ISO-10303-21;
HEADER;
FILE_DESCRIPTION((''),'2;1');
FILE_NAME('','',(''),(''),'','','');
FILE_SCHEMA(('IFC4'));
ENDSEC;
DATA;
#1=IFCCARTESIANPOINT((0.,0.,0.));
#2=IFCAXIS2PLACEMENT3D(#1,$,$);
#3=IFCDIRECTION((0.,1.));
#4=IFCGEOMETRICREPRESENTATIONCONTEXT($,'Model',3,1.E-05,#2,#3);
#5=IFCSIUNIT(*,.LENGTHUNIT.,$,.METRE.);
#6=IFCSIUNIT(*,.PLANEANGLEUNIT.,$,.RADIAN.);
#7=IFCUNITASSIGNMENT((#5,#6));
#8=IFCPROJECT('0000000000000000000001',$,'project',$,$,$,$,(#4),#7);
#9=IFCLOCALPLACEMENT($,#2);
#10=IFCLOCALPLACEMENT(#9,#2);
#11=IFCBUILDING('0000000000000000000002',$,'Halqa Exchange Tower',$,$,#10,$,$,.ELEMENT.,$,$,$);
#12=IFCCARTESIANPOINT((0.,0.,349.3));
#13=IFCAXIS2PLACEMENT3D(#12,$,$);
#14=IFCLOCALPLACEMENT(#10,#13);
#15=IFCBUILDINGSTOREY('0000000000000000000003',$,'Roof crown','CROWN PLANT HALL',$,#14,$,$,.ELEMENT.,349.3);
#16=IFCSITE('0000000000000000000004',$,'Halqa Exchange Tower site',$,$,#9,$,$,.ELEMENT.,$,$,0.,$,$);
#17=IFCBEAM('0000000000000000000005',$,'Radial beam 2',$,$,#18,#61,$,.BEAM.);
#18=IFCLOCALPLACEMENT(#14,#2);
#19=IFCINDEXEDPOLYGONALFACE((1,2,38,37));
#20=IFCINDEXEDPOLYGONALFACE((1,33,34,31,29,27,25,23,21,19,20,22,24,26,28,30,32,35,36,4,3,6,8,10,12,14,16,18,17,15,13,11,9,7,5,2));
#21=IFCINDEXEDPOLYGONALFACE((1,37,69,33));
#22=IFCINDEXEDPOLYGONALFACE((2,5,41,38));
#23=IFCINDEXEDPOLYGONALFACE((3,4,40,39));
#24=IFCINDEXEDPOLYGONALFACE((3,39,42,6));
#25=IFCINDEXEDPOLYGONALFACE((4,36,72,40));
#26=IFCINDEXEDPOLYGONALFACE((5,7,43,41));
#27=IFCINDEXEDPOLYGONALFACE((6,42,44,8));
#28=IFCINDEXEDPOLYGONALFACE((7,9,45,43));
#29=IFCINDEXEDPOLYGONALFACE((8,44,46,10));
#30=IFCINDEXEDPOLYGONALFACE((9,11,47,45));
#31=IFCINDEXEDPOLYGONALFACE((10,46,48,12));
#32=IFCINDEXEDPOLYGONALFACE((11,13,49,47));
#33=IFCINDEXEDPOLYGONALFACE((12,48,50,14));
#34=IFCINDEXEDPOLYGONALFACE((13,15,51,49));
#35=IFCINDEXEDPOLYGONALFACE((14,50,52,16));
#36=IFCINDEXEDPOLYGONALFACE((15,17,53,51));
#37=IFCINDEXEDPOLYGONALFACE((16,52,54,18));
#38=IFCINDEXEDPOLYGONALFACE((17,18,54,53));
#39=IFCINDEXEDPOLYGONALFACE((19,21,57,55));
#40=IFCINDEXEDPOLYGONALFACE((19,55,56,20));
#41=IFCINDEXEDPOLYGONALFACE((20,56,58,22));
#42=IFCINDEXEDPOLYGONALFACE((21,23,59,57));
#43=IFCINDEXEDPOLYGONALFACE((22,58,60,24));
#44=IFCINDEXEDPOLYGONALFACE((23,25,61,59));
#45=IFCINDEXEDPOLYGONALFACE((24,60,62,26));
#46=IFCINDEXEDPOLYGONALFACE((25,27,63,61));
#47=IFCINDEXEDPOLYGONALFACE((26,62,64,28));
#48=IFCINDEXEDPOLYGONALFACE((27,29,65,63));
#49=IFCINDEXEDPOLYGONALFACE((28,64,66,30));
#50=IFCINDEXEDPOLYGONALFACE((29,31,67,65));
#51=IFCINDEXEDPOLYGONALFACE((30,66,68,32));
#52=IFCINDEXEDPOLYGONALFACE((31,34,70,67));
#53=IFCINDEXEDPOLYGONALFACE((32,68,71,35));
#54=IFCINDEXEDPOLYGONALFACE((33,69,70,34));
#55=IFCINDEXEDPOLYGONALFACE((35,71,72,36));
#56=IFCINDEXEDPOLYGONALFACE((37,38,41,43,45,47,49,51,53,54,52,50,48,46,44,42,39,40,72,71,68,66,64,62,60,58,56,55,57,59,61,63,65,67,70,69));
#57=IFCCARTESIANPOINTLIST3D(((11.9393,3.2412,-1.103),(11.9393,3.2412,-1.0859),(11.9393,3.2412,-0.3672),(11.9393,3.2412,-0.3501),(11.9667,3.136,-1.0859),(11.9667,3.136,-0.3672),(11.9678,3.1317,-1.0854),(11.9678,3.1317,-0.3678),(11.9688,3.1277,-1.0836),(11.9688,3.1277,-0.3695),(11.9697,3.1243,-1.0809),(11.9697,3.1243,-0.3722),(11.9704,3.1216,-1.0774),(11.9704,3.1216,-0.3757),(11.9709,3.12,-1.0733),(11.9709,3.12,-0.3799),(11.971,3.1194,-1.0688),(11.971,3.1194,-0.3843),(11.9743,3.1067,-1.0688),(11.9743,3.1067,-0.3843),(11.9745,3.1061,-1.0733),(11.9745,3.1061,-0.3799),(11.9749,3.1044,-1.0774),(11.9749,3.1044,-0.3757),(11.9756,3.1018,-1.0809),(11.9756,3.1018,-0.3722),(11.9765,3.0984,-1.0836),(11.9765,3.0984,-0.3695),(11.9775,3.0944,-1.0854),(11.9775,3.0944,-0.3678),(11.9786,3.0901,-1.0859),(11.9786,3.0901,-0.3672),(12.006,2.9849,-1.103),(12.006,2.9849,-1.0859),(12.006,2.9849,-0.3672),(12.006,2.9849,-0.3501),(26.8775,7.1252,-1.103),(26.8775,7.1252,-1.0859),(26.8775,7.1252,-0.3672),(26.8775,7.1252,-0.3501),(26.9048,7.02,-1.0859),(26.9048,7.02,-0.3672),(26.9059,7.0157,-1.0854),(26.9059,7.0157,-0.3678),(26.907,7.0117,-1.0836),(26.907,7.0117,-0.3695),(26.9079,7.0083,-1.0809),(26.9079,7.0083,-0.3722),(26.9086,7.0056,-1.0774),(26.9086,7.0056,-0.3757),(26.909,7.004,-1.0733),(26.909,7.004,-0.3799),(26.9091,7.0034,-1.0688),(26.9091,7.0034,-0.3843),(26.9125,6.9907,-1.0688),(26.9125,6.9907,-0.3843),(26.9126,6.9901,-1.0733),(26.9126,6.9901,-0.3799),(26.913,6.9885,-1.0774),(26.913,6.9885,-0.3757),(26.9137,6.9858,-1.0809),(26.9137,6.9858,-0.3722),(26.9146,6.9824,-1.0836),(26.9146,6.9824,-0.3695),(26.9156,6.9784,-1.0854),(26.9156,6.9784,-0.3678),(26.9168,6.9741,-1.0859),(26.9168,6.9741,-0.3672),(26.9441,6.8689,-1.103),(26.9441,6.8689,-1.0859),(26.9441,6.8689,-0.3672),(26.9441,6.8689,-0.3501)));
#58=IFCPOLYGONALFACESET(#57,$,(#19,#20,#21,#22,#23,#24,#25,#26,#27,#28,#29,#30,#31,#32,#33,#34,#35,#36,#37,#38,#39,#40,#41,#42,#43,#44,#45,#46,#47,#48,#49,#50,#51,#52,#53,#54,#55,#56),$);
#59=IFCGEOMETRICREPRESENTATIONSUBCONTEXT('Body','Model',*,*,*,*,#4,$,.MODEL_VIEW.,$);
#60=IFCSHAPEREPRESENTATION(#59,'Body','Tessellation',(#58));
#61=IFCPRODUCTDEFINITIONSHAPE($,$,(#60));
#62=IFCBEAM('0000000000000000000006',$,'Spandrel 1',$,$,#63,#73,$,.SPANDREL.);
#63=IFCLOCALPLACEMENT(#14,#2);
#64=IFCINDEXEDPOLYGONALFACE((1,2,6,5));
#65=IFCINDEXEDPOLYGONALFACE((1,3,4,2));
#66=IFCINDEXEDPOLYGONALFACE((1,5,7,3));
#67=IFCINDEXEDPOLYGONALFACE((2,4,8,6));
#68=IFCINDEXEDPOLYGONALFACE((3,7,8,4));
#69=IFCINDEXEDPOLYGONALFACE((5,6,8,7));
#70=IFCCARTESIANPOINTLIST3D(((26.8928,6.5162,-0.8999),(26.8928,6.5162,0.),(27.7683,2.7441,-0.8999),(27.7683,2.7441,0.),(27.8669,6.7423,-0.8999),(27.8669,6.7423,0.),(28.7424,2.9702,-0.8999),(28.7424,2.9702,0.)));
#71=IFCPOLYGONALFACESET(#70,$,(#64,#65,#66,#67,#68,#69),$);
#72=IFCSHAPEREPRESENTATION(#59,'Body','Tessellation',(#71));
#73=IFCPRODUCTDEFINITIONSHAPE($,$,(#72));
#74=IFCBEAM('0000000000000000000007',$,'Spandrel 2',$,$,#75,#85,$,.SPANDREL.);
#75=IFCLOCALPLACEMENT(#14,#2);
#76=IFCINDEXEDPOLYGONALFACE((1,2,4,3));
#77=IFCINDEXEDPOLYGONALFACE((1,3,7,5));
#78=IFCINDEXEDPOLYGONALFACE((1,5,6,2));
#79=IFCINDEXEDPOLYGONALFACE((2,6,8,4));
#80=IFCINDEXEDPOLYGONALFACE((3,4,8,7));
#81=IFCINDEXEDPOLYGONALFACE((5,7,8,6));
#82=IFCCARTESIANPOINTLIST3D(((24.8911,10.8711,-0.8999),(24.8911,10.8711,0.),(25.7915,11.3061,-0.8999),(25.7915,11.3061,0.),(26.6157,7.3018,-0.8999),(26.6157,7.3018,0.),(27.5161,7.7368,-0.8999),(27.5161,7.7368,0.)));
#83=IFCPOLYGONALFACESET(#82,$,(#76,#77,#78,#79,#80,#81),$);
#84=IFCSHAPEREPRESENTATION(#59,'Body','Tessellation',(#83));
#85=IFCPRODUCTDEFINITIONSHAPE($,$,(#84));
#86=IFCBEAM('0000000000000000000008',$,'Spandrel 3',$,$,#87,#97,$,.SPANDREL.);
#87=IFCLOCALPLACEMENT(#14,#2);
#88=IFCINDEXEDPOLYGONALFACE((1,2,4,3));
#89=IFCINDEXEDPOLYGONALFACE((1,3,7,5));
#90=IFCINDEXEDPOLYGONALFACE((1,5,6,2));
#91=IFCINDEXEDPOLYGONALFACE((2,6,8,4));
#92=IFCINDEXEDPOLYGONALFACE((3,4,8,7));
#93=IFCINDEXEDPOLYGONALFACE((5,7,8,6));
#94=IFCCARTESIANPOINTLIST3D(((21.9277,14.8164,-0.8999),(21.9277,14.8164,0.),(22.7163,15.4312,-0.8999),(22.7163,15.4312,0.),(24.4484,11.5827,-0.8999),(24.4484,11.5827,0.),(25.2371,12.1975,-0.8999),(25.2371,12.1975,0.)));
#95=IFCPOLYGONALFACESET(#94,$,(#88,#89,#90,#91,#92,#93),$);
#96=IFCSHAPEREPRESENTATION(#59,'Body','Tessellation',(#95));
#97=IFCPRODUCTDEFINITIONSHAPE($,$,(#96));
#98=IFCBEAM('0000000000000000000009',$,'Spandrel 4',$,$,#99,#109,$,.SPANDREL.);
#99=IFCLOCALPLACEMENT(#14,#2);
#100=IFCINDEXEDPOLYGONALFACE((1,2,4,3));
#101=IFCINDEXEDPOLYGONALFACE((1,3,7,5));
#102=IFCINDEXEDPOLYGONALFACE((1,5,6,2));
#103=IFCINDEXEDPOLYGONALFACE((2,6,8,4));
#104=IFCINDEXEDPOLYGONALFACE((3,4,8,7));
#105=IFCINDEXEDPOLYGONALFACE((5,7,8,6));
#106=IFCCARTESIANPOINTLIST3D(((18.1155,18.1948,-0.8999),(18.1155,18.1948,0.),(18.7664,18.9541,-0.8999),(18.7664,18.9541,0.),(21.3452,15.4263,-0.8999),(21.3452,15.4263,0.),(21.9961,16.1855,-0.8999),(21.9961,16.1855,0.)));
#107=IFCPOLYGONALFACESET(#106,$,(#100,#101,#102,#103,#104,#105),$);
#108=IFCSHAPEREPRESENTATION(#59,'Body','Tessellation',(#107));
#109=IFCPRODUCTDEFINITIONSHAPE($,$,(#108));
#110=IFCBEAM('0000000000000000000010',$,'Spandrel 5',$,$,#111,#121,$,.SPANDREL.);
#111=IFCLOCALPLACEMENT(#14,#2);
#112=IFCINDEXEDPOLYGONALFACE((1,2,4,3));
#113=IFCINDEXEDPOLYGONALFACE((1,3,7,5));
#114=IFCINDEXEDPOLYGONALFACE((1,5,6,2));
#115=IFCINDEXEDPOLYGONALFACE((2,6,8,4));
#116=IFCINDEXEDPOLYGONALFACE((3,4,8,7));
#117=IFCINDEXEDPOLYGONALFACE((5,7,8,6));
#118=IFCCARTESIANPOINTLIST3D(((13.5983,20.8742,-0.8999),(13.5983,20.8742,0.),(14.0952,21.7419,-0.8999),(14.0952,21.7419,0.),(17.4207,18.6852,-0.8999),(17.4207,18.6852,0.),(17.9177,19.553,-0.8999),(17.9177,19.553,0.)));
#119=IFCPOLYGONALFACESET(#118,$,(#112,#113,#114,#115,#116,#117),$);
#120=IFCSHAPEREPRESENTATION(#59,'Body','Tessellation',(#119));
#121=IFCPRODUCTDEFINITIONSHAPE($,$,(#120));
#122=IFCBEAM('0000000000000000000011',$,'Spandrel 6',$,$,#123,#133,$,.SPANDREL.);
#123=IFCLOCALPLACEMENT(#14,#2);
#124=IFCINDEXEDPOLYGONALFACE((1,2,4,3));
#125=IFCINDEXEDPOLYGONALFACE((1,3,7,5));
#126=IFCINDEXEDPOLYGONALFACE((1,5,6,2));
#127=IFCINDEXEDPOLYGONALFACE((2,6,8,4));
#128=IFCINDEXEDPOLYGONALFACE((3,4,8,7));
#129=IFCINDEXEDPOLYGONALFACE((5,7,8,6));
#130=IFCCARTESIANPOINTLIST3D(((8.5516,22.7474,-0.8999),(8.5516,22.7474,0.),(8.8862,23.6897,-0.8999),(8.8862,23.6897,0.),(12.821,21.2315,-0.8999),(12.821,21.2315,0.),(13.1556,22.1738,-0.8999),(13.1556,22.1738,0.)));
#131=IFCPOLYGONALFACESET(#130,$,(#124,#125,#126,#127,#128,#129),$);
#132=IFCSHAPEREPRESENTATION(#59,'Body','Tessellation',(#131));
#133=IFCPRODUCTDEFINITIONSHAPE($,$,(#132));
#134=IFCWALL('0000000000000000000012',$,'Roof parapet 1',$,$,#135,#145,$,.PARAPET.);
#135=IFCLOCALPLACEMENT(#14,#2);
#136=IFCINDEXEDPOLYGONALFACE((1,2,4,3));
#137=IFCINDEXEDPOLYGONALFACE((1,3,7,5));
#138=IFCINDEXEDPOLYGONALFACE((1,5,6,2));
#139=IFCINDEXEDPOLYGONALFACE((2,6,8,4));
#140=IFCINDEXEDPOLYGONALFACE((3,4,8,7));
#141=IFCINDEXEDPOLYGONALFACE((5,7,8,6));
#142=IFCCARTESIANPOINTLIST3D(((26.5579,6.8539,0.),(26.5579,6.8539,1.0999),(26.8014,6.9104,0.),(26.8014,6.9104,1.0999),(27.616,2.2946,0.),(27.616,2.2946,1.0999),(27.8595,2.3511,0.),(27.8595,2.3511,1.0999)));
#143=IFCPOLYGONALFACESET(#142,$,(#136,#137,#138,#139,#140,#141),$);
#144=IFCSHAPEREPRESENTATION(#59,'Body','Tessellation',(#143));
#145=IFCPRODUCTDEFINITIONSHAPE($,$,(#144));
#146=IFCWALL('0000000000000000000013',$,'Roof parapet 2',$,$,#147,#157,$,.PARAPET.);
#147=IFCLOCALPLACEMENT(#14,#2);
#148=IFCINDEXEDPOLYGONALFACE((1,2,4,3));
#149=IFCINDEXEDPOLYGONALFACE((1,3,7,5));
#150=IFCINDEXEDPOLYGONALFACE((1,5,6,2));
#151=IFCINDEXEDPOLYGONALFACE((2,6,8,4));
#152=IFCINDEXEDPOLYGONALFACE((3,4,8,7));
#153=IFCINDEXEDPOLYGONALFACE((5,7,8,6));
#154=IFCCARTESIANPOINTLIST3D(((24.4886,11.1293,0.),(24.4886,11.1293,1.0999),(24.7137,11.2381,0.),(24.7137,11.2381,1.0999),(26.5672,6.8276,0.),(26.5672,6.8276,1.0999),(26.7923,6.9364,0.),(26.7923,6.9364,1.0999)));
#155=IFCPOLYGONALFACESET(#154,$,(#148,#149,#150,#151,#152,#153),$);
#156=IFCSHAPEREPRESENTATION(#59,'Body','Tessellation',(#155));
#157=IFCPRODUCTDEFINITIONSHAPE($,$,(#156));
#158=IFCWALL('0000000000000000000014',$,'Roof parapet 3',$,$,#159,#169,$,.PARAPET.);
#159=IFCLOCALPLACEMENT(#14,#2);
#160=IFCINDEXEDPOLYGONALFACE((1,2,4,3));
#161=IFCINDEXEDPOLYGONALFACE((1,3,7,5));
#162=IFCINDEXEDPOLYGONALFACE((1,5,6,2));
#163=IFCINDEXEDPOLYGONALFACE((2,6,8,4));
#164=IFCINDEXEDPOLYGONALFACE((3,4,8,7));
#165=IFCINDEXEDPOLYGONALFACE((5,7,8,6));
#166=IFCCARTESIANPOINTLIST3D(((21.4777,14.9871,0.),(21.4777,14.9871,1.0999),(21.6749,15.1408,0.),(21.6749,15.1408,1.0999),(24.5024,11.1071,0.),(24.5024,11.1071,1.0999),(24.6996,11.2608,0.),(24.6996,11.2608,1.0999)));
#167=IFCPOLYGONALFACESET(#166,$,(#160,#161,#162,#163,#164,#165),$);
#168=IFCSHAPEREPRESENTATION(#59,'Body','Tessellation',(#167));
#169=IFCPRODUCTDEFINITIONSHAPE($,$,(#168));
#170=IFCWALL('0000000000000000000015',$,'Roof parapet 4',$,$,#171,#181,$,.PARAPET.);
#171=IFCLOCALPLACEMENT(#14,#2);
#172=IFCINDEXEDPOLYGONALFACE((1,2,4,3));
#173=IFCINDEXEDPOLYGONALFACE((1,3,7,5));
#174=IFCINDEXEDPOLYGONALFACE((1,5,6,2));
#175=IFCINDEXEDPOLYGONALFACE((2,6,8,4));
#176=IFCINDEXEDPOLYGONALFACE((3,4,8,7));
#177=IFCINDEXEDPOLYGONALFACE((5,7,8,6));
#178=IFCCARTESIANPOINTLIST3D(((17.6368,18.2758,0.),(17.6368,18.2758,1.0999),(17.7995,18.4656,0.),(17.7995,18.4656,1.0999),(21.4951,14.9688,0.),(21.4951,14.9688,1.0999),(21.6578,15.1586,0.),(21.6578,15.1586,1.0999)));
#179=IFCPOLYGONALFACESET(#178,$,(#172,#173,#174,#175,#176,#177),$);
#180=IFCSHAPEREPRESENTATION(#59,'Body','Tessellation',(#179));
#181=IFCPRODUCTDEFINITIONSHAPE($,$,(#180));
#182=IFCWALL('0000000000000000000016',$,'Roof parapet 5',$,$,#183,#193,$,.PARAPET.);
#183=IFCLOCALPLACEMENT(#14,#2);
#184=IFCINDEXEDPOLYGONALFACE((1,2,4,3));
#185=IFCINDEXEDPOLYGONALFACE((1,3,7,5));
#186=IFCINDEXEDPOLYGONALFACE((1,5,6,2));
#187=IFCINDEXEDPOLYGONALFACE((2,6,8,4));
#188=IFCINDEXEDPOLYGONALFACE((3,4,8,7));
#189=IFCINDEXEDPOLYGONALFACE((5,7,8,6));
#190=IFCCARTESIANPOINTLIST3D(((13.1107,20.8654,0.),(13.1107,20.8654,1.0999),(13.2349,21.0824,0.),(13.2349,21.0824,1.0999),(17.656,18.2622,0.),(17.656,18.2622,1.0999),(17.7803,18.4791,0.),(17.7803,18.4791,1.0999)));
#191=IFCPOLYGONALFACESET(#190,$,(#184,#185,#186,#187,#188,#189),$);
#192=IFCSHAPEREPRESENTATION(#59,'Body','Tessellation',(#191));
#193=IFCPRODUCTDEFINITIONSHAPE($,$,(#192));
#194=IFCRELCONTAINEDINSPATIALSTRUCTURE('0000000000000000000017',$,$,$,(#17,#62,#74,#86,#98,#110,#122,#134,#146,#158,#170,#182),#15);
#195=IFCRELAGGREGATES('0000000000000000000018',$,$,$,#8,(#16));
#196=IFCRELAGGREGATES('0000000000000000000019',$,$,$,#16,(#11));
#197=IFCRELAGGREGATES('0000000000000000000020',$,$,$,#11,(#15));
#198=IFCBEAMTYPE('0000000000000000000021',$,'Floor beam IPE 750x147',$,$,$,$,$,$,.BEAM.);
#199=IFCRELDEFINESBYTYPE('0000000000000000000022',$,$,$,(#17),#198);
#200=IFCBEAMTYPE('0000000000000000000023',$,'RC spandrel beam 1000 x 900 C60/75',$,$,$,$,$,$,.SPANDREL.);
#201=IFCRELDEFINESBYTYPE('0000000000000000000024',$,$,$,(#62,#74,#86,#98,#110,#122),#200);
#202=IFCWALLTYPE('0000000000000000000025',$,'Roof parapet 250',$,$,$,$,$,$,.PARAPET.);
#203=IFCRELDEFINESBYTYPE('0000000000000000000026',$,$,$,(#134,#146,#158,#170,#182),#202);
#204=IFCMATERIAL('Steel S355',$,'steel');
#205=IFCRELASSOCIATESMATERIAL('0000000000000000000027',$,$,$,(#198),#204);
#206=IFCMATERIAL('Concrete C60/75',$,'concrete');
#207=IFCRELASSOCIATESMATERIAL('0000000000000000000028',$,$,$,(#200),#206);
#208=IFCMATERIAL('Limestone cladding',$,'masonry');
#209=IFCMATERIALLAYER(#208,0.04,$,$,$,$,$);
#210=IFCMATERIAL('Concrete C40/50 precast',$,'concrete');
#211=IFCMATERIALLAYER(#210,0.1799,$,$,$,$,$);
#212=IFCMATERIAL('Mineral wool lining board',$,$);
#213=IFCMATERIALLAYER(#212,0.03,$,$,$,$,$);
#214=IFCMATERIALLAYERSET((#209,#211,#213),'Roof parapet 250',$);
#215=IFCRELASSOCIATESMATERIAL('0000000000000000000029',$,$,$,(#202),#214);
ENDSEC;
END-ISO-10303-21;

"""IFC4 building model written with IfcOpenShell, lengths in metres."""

from ifc_helpers import new_model, si_unit, direction, frame, frame_2d, origin, origin_2d, place, context, subcontext, project, spatial, rectangle, i_section, extrude, material, layer, layer_set, material_profile, profile_set, type_object, element, save


model = new_model("IFC4")

# Units and contexts
model_context = context("Model", 3, precision=1e-05, world=origin(), true_north=direction((0.0, 1.0)))
body_context = subcontext(model_context, "Body", "Model", "MODEL_VIEW")
ifc_project = project(units=[si_unit("LENGTHUNIT", "METRE"), si_unit("PLANEANGLEUNIT", "RADIAN")], contexts=[model_context])

# Site, building, storey
site_placement = place(None, origin())
site = spatial("IfcSite", under=ifc_project, at=site_placement, Name="Halqa Exchange Tower site", CompositionType="ELEMENT", RefElevation=0.0)
building_placement = place(site_placement, origin())
building = spatial("IfcBuilding", under=site, at=building_placement, Name="Halqa Exchange Tower", CompositionType="ELEMENT")
storey_placement = place(building_placement, frame((0.0, 0.0, 349.3)))
storey = spatial("IfcBuildingStorey", under=building, at=storey_placement, Name="Roof crown", Description="CROWN PLANT HALL", CompositionType="ELEMENT", Elevation=349.3)

# Shared definitions
ifc_material_1 = material(Name="Steel S355", Category="steel")

# Beams
ifc_material_profile_1 = material_profile(ifc_material_1, i_section(OverallWidth=0.2649, OverallDepth=0.7529, WebThickness=0.0132, FlangeThickness=0.0171, FilletRadius=0.0171, at=origin_2d()), Name="IPE 750x147")
ifc_profile_set_1 = profile_set([ifc_material_profile_1], Name="Steel S355")
beam_type_1 = type_object("IfcBeamType", Name="Floor beam IPE 750x147", PredefinedType="BEAM", material=ifc_profile_set_1)
beam_1_placement = place(storey_placement, frame((11.9727, 3.113, -0.7266), z_axis=(0.967821, 0.251639, 0.0), x_axis=(-0.251639, 0.967821, 0.0)))
element("IfcBeam", 1, at=beam_1_placement, inside=storey, type_object=beam_type_1, Name="Radial beam 2", PredefinedType="BEAM", context=body_context, shape_type="SweptSolid", body=[
    extrude(i_section(OverallWidth=0.2649, OverallDepth=0.7529, WebThickness=0.0132, FlangeThickness=0.0171, FilletRadius=0.0171, at=origin_2d()), origin(), (0.0, 0.0, 1.0), 15.4348),
])
ifc_material_2 = material(Name="Concrete C60/75", Category="concrete")
ifc_material_profile_2 = material_profile(ifc_material_2, rectangle(XDim=1.0, YDim=0.8999, at=origin_2d()), Name="1000 x 900")
ifc_profile_set_2 = profile_set([ifc_material_profile_2], Name="Concrete C60/75")
beam_type_2 = type_object("IfcBeamType", Name="RC spandrel beam 1000 x 900 C60/75", PredefinedType="SPANDREL", material=ifc_profile_set_2)
beam_2_placement = place(storey_placement, frame((28.2554, 2.8572, -0.45), z_axis=(-0.226093, 0.974106, 0.0), x_axis=(-0.974106, -0.226093, 0.0)))
element("IfcBeam", 2, at=beam_2_placement, inside=storey, type_object=beam_type_2, Name="Spandrel 1", PredefinedType="SPANDREL", context=body_context, shape_type="SweptSolid", body=[
    extrude(rectangle(XDim=1.0, YDim=0.8999, at=origin_2d()), origin(), (0.0, 0.0, 1.0), 3.8723),
])
beam_3_placement = place(storey_placement, frame((27.0659, 7.5193, -0.45), z_axis=(-0.435052, 0.900405, 0.0), x_axis=(-0.900405, -0.435052, 0.0)))
element("IfcBeam", 3, at=beam_3_placement, inside=storey, type_object=beam_type_2, Name="Spandrel 2", PredefinedType="SPANDREL", context=body_context, shape_type="SweptSolid", body=[
    extrude(rectangle(XDim=1.0, YDim=0.8999, at=origin_2d()), origin(), (0.0, 0.0, 1.0), 3.9641),
])
beam_4_placement = place(storey_placement, frame((24.8428, 11.8901, -0.45), z_axis=(-0.614806, 0.788678, 0.0), x_axis=(-0.788678, -0.614806, 0.0)))
element("IfcBeam", 4, at=beam_4_placement, inside=storey, type_object=beam_type_2, Name="Spandrel 3", PredefinedType="SPANDREL", context=body_context, shape_type="SweptSolid", body=[
    extrude(rectangle(XDim=1.0, YDim=0.8999, at=origin_2d()), origin(), (0.0, 0.0, 1.0), 4.1001),
])
beam_5_placement = place(storey_placement, frame((21.6707, 15.8059, -0.45), z_axis=(-0.759232, 0.65082, 0.0), x_axis=(-0.65082, -0.759232, 0.0)))
element("IfcBeam", 5, at=beam_5_placement, inside=storey, type_object=beam_type_2, Name="Spandrel 4", PredefinedType="SPANDREL", context=body_context, shape_type="SweptSolid", body=[
    extrude(rectangle(XDim=1.0, YDim=0.8999, at=origin_2d()), origin(), (0.0, 0.0, 1.0), 4.2539),
])
beam_6_placement = place(storey_placement, frame((17.6692, 19.1191, -0.45), z_axis=(-0.867786, 0.496939, 0.0), x_axis=(-0.496939, -0.867786, 0.0)))
element("IfcBeam", 6, at=beam_6_placement, inside=storey, type_object=beam_type_2, Name="Spandrel 5", PredefinedType="SPANDREL", context=body_context, shape_type="SweptSolid", body=[
    extrude(rectangle(XDim=1.0, YDim=0.8999, at=origin_2d()), origin(), (0.0, 0.0, 1.0), 4.4048),
])
beam_7_placement = place(storey_placement, frame((12.9883, 21.7026, -0.45), z_axis=(-0.942361, 0.334598, 0.0), x_axis=(-0.334598, -0.942361, 0.0)))
element("IfcBeam", 7, at=beam_7_placement, inside=storey, type_object=beam_type_2, Name="Spandrel 6", PredefinedType="SPANDREL", context=body_context, shape_type="SweptSolid", body=[
    extrude(rectangle(XDim=1.0, YDim=0.8999, at=origin_2d()), origin(), (0.0, 0.0, 1.0), 4.5305),
])

# Walls
ifc_material_3 = material(Name="Limestone cladding", Category="masonry")
ifc_layer_1 = layer(ifc_material_3, 0.04)
ifc_material_4 = material(Name="Concrete C40/50 precast", Category="concrete")
ifc_layer_2 = layer(ifc_material_4, 0.1799)
ifc_material_5 = material(Name="Mineral wool lining board")
ifc_layer_3 = layer(ifc_material_5, 0.03)
ifc_layer_set_1 = layer_set([ifc_layer_1, ifc_layer_2, ifc_layer_3], Name="Roof parapet 250")
wall_type = type_object("IfcWallType", Name="Roof parapet 250", PredefinedType="PARAPET", material=ifc_layer_set_1)
wall_1_placement = place(storey_placement, frame((27.7378, 2.3228, 0.0), z_axis=(0.0, 0.0, 1.0), x_axis=(-0.226067, 0.974112, 0.0)))
element("IfcWall", 8, at=wall_1_placement, inside=storey, type_object=wall_type, Name="Roof parapet 1", PredefinedType="PARAPET", context=body_context, shape_type="SweptSolid", body=[
    extrude(rectangle(XDim=4.6804, YDim=0.25, at=frame_2d((2.3403, 0.0))), origin(), (0.0, 0.0, 1.0), 1.0999),
])
wall_2_placement = place(storey_placement, frame((26.6797, 6.8821, 0.0), z_axis=(0.0, 0.0, 1.0), x_axis=(-0.435072, 0.900396, 0.0)))
element("IfcWall", 9, at=wall_2_placement, inside=storey, type_object=wall_type, Name="Roof parapet 2", PredefinedType="PARAPET", context=body_context, shape_type="SweptSolid", body=[
    extrude(rectangle(XDim=4.7776, YDim=0.25, at=frame_2d((2.3887, 0.0))), origin(), (0.0, 0.0, 1.0), 1.0999),
])
wall_3_placement = place(storey_placement, frame((24.6011, 11.1838, 0.0), z_axis=(0.0, 0.0, 1.0), x_axis=(-0.614823, 0.788665, 0.0)))
element("IfcWall", 10, at=wall_3_placement, inside=storey, type_object=wall_type, Name="Roof parapet 3", PredefinedType="PARAPET", context=body_context, shape_type="SweptSolid", body=[
    extrude(rectangle(XDim=4.9197, YDim=0.25, at=frame_2d((2.46, 0.0))), origin(), (0.0, 0.0, 1.0), 1.0999),
])
wall_4_placement = place(storey_placement, frame((21.5764, 15.0637, 0.0), z_axis=(0.0, 0.0, 1.0), x_axis=(-0.759267, 0.65078, 0.0)))
element("IfcWall", 11, at=wall_4_placement, inside=storey, type_object=wall_type, Name="Roof parapet 4", PredefinedType="PARAPET", context=body_context, shape_type="SweptSolid", body=[
    extrude(rectangle(XDim=5.0815, YDim=0.25, at=frame_2d((2.5408, 0.0))), origin(), (0.0, 0.0, 1.0), 1.0999),
])
wall_5_placement = place(storey_placement, frame((17.7183, 18.3706, 0.0), z_axis=(0.0, 0.0, 1.0), x_axis=(-0.867758, 0.496987, 0.0)))
element("IfcWall", 12, at=wall_5_placement, inside=storey, type_object=wall_type, Name="Roof parapet 5", PredefinedType="PARAPET", context=body_context, shape_type="SweptSolid", body=[
    extrude(rectangle(XDim=5.238, YDim=0.25, at=frame_2d((2.6191, 0.0))), origin(), (0.0, 0.0, 1.0), 1.0999),
])

save(model, "model.ifc")
